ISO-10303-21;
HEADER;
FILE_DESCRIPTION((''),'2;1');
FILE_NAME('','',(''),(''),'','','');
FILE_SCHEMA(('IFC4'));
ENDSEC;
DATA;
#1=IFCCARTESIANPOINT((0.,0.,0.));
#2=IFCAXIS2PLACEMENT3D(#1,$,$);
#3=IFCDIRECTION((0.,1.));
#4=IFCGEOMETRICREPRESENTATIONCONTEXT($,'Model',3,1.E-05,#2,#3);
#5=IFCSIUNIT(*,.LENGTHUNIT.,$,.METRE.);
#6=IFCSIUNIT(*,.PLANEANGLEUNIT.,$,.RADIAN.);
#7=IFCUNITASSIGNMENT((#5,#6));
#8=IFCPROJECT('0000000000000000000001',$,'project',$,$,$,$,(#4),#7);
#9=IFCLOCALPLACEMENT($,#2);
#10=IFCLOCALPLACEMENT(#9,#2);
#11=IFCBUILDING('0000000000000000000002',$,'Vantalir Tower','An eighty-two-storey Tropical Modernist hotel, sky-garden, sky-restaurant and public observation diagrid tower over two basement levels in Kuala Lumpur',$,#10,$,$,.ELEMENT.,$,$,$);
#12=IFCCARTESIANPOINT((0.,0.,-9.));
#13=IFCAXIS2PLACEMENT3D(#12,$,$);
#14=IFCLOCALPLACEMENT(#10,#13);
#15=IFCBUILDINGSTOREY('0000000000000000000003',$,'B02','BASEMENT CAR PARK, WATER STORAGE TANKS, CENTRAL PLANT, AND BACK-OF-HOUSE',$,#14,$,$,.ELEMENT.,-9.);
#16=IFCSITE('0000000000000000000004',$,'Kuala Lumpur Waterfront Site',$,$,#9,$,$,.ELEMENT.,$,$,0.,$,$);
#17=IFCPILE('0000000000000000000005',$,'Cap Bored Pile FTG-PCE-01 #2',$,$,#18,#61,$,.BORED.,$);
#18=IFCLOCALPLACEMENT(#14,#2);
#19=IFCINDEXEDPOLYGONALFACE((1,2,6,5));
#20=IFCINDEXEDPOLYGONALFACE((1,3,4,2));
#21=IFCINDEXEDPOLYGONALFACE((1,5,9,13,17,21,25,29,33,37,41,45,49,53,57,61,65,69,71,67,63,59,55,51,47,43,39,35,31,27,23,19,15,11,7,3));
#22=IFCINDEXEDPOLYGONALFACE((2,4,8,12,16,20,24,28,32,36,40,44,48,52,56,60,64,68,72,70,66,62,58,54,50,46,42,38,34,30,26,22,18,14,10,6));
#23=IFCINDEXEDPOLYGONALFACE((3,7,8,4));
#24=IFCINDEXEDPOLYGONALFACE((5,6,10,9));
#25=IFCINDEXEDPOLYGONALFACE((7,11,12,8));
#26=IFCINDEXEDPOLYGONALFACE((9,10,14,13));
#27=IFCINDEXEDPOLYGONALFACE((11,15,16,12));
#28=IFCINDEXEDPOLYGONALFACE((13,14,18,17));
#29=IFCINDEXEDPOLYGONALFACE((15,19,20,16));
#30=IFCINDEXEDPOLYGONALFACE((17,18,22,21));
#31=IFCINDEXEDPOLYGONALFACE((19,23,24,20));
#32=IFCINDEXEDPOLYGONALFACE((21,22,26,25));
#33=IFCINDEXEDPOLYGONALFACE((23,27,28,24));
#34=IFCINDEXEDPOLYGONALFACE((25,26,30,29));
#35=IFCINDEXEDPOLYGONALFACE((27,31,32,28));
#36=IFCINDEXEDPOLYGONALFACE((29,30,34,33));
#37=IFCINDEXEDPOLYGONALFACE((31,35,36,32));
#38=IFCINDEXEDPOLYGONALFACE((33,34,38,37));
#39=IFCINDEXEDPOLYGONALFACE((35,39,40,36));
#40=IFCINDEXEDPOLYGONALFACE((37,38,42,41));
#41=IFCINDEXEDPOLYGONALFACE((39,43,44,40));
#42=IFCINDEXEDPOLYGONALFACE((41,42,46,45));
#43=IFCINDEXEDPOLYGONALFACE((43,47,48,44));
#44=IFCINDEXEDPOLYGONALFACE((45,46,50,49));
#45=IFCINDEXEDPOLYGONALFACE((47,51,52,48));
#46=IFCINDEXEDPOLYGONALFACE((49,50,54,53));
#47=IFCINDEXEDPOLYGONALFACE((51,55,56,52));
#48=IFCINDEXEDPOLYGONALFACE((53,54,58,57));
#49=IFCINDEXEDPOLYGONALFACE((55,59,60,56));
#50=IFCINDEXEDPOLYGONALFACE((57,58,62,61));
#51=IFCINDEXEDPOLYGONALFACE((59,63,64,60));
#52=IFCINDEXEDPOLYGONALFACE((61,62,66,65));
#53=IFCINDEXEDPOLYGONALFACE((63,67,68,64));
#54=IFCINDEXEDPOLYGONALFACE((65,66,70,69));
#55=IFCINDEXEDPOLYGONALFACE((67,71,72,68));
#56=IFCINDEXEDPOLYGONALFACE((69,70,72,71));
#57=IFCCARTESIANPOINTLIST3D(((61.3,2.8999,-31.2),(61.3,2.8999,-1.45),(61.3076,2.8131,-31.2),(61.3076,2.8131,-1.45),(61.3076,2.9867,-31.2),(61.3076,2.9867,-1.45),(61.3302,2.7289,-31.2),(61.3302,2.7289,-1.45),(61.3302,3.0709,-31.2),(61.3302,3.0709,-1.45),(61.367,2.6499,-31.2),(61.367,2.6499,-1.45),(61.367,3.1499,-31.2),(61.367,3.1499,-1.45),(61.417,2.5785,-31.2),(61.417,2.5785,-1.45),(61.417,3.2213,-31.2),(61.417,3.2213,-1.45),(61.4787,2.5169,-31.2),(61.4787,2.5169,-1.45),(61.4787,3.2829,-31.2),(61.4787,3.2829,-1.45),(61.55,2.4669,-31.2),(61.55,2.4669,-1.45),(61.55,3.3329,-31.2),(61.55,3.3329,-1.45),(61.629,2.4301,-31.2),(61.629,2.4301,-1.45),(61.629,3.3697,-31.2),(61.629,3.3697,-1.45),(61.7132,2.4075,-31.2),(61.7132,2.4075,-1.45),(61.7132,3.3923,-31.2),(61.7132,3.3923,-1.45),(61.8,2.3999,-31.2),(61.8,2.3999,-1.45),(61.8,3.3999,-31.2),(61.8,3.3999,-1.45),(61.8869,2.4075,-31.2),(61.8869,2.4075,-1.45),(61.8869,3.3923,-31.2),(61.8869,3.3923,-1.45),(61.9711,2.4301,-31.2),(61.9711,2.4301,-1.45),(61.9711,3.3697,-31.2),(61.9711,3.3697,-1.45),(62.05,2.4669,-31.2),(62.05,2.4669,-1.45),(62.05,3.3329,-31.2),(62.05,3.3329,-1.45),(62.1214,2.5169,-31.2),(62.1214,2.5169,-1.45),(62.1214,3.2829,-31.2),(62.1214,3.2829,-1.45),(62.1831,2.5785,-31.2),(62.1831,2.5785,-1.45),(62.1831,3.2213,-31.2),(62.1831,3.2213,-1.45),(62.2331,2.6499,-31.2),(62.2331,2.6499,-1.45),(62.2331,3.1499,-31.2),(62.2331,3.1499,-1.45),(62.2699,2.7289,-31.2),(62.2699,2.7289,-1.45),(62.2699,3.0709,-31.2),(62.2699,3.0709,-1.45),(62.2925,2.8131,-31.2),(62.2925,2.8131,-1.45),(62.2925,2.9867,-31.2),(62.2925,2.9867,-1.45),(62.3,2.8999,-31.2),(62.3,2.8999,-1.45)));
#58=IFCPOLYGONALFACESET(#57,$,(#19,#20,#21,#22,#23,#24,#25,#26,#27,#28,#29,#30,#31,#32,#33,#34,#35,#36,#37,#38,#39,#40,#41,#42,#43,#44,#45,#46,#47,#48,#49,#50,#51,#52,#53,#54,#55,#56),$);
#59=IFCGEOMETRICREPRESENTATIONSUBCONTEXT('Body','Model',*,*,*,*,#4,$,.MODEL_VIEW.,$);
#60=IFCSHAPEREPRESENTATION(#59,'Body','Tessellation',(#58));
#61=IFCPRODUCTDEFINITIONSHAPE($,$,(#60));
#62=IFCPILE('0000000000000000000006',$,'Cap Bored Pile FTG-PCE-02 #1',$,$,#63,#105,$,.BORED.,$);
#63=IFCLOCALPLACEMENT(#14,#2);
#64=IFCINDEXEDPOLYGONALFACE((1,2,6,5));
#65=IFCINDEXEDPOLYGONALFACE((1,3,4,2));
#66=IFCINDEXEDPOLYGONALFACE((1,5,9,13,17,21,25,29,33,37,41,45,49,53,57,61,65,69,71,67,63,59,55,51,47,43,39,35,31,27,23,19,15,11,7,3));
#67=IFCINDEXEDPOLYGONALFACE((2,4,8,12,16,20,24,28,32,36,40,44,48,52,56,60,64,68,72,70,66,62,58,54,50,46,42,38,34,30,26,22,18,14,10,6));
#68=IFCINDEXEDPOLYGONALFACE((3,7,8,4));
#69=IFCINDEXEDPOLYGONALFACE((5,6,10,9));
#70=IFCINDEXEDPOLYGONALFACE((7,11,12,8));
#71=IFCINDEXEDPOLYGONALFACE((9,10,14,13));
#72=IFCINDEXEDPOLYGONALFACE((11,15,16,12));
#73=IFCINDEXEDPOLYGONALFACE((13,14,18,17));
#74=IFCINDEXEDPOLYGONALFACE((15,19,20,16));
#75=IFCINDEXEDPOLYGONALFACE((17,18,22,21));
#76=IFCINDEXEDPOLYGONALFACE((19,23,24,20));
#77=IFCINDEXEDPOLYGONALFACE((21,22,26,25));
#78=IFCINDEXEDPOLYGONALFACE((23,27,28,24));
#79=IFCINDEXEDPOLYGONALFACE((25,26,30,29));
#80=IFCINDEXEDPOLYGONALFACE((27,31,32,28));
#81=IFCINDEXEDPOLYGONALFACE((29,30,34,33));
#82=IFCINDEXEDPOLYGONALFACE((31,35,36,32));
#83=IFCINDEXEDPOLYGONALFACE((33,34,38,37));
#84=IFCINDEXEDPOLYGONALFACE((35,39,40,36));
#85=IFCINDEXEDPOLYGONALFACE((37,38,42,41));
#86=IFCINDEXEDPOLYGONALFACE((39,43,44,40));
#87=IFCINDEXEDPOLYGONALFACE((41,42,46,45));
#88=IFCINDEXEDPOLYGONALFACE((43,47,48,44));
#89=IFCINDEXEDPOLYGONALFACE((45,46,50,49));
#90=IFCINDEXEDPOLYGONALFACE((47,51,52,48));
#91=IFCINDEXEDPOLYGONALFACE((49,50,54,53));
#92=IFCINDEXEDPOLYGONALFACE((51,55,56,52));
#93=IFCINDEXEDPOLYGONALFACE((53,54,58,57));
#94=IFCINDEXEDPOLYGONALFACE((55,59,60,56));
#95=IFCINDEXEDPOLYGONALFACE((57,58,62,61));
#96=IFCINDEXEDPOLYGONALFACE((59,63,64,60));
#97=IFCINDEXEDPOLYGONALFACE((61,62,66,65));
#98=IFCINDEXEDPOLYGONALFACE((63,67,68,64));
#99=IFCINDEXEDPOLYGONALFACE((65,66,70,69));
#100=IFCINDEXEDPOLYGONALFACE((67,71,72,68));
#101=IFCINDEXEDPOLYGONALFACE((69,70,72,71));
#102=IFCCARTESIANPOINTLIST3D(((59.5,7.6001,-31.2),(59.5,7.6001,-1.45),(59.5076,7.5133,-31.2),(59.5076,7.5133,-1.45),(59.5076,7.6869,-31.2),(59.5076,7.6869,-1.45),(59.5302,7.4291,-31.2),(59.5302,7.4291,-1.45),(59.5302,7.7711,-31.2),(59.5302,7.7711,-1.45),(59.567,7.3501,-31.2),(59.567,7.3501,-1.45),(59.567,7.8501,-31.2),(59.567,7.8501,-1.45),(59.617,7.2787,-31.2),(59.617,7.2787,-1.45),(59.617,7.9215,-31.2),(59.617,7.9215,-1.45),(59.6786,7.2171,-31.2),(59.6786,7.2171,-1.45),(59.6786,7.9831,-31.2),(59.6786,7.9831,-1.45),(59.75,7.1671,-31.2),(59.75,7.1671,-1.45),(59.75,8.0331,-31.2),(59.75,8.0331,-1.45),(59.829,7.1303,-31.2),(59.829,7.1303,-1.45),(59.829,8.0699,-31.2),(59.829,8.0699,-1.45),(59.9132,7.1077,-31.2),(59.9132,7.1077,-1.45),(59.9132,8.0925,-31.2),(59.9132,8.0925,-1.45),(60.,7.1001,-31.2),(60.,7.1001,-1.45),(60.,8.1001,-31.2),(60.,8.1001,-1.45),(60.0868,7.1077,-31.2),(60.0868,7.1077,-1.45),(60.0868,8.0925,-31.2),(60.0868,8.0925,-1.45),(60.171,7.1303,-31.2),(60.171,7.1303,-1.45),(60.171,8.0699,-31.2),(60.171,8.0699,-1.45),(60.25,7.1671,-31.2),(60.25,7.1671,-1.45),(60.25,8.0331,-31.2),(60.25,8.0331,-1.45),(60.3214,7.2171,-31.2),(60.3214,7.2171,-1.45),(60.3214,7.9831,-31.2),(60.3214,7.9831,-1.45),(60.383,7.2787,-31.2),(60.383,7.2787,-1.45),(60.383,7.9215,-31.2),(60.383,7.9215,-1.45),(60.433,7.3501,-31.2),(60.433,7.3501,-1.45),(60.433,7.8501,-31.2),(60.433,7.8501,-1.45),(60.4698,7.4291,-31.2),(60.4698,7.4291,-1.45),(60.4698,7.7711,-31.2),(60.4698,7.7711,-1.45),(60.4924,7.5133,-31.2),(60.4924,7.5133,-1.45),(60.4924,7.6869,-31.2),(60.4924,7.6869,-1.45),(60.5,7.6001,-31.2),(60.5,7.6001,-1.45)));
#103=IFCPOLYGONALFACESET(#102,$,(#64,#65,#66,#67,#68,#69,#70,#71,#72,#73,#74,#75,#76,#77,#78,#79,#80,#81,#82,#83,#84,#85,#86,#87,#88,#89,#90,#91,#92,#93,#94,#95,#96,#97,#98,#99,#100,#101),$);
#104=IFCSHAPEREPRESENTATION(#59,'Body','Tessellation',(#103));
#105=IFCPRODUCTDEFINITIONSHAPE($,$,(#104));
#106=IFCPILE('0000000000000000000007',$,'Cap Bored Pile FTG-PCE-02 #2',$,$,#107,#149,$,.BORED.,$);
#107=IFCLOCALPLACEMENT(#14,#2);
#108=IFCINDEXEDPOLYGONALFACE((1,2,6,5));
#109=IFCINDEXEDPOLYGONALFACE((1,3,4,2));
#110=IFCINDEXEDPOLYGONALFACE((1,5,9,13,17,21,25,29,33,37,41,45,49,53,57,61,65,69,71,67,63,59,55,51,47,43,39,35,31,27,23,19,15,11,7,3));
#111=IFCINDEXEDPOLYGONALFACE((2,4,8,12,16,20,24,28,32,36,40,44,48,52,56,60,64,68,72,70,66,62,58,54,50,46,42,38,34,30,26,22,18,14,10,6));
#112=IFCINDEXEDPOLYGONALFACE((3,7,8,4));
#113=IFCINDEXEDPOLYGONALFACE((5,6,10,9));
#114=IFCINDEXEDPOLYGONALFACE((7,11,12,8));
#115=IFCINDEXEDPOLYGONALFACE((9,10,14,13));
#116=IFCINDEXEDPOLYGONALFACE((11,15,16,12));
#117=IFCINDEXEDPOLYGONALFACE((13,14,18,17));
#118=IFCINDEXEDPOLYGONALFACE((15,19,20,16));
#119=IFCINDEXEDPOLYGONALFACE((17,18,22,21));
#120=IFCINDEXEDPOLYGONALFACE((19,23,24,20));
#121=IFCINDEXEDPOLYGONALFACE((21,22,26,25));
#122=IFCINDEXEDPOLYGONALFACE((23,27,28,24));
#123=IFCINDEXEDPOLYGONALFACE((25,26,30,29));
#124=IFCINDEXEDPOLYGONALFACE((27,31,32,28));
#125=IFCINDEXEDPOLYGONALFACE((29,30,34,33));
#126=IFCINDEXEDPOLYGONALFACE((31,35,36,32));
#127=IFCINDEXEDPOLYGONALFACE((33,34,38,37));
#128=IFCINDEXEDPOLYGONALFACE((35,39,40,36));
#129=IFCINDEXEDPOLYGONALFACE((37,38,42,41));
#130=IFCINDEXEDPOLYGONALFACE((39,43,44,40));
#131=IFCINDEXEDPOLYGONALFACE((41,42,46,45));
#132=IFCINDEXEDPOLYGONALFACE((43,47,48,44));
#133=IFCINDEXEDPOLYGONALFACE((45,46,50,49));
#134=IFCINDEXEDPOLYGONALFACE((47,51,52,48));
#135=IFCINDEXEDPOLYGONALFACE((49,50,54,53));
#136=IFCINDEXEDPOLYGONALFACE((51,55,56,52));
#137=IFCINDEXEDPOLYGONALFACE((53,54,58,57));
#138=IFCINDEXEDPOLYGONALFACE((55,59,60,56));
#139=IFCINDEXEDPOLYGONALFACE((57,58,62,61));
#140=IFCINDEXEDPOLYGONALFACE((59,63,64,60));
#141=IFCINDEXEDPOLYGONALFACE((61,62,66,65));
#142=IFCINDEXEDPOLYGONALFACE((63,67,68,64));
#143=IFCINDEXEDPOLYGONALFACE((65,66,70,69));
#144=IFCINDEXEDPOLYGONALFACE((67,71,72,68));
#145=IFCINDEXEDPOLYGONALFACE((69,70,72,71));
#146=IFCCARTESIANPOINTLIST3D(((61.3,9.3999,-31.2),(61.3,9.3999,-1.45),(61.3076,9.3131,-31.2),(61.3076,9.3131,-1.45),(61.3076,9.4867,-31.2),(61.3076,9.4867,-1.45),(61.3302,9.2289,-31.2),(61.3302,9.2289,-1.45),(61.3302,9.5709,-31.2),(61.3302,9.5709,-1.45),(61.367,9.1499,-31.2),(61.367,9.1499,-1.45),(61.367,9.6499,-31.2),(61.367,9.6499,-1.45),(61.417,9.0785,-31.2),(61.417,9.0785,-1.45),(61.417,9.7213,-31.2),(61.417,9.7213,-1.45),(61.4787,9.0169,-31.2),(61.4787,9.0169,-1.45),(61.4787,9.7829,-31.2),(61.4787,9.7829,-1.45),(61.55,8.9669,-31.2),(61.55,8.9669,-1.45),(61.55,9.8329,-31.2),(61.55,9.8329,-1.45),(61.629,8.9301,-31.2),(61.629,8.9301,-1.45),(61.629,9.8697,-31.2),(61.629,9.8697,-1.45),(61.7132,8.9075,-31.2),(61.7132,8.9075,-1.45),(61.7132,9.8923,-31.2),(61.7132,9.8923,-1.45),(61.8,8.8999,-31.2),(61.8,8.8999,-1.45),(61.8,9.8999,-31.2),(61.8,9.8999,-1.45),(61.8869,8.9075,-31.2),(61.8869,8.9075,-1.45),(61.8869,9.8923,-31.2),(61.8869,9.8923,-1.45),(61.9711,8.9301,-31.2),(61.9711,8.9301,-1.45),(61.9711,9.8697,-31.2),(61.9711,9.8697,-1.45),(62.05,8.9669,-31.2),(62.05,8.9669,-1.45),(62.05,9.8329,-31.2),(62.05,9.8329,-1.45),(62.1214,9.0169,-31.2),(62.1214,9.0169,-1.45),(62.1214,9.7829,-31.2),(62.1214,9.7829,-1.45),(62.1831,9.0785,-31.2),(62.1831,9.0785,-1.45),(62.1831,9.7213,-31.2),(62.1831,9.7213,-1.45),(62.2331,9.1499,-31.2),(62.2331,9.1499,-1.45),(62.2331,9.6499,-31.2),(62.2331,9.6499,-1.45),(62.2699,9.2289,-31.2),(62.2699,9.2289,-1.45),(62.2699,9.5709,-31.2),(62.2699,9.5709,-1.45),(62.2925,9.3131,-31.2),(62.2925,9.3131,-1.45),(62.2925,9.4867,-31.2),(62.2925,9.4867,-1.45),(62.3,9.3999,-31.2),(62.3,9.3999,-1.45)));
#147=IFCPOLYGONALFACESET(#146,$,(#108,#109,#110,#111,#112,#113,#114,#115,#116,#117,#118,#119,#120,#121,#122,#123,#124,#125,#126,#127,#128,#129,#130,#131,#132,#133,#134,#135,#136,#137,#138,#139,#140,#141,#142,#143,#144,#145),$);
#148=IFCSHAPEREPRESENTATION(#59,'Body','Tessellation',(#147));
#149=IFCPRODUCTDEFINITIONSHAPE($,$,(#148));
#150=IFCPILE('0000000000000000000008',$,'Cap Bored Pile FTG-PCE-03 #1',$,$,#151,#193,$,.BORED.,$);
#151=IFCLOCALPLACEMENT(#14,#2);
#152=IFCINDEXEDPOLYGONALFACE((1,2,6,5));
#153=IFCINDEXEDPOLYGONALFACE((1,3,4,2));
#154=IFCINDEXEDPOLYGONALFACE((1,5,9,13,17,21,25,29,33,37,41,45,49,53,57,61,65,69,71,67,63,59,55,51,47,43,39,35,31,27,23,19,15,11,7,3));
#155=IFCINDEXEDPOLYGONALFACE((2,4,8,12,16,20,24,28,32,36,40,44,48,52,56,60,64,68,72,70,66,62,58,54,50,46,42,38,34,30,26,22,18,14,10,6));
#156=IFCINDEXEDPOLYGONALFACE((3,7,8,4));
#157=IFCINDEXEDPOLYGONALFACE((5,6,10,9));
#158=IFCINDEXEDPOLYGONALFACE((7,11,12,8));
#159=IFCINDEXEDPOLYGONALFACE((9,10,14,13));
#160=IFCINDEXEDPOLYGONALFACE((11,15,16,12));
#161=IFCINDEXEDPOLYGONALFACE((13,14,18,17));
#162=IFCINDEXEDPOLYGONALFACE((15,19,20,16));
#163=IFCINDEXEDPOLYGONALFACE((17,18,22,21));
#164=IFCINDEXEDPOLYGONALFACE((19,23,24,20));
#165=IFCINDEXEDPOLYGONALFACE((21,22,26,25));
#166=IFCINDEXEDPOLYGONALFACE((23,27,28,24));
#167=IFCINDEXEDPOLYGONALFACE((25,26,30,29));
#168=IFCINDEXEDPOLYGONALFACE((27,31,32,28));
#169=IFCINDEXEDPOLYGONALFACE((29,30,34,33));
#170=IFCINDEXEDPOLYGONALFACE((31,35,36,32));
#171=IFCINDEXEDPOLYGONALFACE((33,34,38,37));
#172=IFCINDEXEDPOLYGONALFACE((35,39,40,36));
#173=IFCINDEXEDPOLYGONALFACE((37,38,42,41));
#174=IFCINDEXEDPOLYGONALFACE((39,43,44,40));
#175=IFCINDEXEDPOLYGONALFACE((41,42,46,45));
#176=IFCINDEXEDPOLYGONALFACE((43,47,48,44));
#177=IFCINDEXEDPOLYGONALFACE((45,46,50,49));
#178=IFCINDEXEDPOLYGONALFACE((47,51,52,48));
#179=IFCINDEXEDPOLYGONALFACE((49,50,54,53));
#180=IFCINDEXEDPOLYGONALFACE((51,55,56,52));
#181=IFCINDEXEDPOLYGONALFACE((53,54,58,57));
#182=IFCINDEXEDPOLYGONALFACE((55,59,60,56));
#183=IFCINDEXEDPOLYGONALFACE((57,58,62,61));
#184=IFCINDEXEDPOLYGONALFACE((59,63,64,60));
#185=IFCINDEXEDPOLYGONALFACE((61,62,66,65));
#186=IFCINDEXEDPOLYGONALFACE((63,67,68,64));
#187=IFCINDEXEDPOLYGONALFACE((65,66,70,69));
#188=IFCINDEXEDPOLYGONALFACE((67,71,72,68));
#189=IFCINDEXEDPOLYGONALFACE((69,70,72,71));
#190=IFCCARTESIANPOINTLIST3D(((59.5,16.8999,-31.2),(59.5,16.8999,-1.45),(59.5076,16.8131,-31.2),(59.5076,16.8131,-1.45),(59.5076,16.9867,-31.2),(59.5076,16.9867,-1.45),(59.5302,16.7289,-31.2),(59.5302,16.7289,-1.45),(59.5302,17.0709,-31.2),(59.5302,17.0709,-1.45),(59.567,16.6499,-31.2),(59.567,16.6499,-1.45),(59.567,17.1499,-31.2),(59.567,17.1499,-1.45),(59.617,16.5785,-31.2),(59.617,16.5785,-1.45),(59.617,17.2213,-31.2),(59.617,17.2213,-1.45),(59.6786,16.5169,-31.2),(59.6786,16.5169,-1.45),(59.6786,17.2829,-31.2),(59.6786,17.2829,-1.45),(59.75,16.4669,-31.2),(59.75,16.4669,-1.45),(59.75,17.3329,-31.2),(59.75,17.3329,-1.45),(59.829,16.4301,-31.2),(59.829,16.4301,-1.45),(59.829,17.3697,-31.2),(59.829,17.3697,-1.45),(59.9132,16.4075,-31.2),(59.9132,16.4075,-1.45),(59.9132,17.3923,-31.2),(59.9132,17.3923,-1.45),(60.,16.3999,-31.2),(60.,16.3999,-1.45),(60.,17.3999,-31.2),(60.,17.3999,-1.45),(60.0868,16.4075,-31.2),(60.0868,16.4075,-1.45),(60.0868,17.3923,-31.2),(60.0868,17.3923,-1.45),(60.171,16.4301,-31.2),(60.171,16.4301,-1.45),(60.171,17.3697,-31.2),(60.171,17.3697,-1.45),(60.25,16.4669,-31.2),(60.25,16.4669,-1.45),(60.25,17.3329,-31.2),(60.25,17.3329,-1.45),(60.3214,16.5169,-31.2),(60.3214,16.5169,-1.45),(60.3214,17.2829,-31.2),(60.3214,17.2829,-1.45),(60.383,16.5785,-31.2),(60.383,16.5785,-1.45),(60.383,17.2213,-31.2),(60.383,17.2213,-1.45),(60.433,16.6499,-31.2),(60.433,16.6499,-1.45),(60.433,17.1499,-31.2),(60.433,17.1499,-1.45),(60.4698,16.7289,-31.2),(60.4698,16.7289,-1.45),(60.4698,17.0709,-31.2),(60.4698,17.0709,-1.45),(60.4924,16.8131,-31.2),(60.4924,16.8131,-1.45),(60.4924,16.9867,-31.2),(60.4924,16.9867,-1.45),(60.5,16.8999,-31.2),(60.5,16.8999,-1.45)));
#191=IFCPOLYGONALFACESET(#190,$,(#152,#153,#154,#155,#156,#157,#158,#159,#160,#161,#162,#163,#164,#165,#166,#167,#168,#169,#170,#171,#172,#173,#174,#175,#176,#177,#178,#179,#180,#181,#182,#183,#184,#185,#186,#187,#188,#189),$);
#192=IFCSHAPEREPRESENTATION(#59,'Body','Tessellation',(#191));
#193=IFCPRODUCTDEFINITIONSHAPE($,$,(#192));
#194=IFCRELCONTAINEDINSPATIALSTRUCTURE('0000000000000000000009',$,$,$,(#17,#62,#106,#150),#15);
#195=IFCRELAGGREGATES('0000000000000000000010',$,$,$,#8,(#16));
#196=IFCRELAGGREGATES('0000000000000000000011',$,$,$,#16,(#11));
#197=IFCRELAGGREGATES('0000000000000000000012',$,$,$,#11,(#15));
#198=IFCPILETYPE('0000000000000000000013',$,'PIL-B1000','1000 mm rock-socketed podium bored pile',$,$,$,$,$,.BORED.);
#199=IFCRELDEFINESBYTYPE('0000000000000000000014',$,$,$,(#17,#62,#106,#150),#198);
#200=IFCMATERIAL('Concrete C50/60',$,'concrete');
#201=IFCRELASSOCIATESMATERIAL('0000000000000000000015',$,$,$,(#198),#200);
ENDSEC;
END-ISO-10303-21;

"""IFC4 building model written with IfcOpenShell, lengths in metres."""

from ifc_helpers import new_model, si_unit, direction, frame, origin, origin_2d, place, context, subcontext, project, spatial, circle, extrude, material, material_profile, profile_set, type_object, element, save


model = new_model("IFC4")

# Units and contexts
model_context = context("Model", 3, precision=1e-05, world=origin(), true_north=direction((0.0, 1.0)))
body_context = subcontext(model_context, "Body", "Model", "MODEL_VIEW")
ifc_project = project(units=[si_unit("LENGTHUNIT", "METRE"), si_unit("PLANEANGLEUNIT", "RADIAN")], contexts=[model_context])

# Site, building, storey
site_placement = place(None, origin())
site = spatial("IfcSite", under=ifc_project, at=site_placement, Name="Kuala Lumpur Waterfront Site", CompositionType="ELEMENT", RefElevation=0.0)
building_placement = place(site_placement, origin())
building = spatial("IfcBuilding", under=site, at=building_placement, Name="Vantalir Tower", Description="An eighty-two-storey Tropical Modernist hotel, sky-garden, sky-restaurant and public observation diagrid tower over two basement levels in Kuala Lumpur", CompositionType="ELEMENT")
storey_placement = place(building_placement, frame((0.0, 0.0, -9.0)))
storey = spatial("IfcBuildingStorey", under=building, at=storey_placement, Name="B02", Description="BASEMENT CAR PARK, WATER STORAGE TANKS, CENTRAL PLANT, AND BACK-OF-HOUSE", CompositionType="ELEMENT", Elevation=-9.0)

# Shared definitions
ifc_material_1 = material(Name="Concrete C50/60", Category="concrete")

# Piles
ifc_material_profile_1 = material_profile(ifc_material_1, circle(Radius=0.5, at=origin_2d()), Name="Concrete C50/60")
ifc_profile_set_1 = profile_set([ifc_material_profile_1], Name="Concrete C50/60")
pile_type = type_object("IfcPileType", Name="PIL-B1000", Description="1000 mm rock-socketed podium bored pile", PredefinedType="BORED", material=ifc_profile_set_1)
for number, where, z_axis, x_axis, name in (
    (1, (61.8, 2.8999, -1.45), (0.0, 0.0, -1.0), (1.0, 0.0, 0.0), "Cap Bored Pile FTG-PCE-01 #2"),
    (2, (60.0, 7.6001, -1.45), (0.0, 0.0, -1.0), (1.0, 0.0, 0.0), "Cap Bored Pile FTG-PCE-02 #1"),
    (3, (61.8, 9.3999, -1.45), (0.0, 0.0, -1.0), (1.0, 0.0, 0.0), "Cap Bored Pile FTG-PCE-02 #2"),
    (4, (60.0, 16.8999, -1.45), (0.0, 0.0, -1.0), (1.0, 0.0, 0.0), "Cap Bored Pile FTG-PCE-03 #1"),
):
    element("IfcPile", number, at=place(storey_placement, frame(where, z_axis=z_axis, x_axis=x_axis)), inside=storey, type_object=pile_type, Name=name, PredefinedType="BORED", context=body_context, shape_type="SweptSolid", body=[
        extrude(circle(Radius=0.5, at=origin_2d()), origin(), (0.0, 0.0, 1.0), 29.75),
    ])

save(model, "model.ifc")
